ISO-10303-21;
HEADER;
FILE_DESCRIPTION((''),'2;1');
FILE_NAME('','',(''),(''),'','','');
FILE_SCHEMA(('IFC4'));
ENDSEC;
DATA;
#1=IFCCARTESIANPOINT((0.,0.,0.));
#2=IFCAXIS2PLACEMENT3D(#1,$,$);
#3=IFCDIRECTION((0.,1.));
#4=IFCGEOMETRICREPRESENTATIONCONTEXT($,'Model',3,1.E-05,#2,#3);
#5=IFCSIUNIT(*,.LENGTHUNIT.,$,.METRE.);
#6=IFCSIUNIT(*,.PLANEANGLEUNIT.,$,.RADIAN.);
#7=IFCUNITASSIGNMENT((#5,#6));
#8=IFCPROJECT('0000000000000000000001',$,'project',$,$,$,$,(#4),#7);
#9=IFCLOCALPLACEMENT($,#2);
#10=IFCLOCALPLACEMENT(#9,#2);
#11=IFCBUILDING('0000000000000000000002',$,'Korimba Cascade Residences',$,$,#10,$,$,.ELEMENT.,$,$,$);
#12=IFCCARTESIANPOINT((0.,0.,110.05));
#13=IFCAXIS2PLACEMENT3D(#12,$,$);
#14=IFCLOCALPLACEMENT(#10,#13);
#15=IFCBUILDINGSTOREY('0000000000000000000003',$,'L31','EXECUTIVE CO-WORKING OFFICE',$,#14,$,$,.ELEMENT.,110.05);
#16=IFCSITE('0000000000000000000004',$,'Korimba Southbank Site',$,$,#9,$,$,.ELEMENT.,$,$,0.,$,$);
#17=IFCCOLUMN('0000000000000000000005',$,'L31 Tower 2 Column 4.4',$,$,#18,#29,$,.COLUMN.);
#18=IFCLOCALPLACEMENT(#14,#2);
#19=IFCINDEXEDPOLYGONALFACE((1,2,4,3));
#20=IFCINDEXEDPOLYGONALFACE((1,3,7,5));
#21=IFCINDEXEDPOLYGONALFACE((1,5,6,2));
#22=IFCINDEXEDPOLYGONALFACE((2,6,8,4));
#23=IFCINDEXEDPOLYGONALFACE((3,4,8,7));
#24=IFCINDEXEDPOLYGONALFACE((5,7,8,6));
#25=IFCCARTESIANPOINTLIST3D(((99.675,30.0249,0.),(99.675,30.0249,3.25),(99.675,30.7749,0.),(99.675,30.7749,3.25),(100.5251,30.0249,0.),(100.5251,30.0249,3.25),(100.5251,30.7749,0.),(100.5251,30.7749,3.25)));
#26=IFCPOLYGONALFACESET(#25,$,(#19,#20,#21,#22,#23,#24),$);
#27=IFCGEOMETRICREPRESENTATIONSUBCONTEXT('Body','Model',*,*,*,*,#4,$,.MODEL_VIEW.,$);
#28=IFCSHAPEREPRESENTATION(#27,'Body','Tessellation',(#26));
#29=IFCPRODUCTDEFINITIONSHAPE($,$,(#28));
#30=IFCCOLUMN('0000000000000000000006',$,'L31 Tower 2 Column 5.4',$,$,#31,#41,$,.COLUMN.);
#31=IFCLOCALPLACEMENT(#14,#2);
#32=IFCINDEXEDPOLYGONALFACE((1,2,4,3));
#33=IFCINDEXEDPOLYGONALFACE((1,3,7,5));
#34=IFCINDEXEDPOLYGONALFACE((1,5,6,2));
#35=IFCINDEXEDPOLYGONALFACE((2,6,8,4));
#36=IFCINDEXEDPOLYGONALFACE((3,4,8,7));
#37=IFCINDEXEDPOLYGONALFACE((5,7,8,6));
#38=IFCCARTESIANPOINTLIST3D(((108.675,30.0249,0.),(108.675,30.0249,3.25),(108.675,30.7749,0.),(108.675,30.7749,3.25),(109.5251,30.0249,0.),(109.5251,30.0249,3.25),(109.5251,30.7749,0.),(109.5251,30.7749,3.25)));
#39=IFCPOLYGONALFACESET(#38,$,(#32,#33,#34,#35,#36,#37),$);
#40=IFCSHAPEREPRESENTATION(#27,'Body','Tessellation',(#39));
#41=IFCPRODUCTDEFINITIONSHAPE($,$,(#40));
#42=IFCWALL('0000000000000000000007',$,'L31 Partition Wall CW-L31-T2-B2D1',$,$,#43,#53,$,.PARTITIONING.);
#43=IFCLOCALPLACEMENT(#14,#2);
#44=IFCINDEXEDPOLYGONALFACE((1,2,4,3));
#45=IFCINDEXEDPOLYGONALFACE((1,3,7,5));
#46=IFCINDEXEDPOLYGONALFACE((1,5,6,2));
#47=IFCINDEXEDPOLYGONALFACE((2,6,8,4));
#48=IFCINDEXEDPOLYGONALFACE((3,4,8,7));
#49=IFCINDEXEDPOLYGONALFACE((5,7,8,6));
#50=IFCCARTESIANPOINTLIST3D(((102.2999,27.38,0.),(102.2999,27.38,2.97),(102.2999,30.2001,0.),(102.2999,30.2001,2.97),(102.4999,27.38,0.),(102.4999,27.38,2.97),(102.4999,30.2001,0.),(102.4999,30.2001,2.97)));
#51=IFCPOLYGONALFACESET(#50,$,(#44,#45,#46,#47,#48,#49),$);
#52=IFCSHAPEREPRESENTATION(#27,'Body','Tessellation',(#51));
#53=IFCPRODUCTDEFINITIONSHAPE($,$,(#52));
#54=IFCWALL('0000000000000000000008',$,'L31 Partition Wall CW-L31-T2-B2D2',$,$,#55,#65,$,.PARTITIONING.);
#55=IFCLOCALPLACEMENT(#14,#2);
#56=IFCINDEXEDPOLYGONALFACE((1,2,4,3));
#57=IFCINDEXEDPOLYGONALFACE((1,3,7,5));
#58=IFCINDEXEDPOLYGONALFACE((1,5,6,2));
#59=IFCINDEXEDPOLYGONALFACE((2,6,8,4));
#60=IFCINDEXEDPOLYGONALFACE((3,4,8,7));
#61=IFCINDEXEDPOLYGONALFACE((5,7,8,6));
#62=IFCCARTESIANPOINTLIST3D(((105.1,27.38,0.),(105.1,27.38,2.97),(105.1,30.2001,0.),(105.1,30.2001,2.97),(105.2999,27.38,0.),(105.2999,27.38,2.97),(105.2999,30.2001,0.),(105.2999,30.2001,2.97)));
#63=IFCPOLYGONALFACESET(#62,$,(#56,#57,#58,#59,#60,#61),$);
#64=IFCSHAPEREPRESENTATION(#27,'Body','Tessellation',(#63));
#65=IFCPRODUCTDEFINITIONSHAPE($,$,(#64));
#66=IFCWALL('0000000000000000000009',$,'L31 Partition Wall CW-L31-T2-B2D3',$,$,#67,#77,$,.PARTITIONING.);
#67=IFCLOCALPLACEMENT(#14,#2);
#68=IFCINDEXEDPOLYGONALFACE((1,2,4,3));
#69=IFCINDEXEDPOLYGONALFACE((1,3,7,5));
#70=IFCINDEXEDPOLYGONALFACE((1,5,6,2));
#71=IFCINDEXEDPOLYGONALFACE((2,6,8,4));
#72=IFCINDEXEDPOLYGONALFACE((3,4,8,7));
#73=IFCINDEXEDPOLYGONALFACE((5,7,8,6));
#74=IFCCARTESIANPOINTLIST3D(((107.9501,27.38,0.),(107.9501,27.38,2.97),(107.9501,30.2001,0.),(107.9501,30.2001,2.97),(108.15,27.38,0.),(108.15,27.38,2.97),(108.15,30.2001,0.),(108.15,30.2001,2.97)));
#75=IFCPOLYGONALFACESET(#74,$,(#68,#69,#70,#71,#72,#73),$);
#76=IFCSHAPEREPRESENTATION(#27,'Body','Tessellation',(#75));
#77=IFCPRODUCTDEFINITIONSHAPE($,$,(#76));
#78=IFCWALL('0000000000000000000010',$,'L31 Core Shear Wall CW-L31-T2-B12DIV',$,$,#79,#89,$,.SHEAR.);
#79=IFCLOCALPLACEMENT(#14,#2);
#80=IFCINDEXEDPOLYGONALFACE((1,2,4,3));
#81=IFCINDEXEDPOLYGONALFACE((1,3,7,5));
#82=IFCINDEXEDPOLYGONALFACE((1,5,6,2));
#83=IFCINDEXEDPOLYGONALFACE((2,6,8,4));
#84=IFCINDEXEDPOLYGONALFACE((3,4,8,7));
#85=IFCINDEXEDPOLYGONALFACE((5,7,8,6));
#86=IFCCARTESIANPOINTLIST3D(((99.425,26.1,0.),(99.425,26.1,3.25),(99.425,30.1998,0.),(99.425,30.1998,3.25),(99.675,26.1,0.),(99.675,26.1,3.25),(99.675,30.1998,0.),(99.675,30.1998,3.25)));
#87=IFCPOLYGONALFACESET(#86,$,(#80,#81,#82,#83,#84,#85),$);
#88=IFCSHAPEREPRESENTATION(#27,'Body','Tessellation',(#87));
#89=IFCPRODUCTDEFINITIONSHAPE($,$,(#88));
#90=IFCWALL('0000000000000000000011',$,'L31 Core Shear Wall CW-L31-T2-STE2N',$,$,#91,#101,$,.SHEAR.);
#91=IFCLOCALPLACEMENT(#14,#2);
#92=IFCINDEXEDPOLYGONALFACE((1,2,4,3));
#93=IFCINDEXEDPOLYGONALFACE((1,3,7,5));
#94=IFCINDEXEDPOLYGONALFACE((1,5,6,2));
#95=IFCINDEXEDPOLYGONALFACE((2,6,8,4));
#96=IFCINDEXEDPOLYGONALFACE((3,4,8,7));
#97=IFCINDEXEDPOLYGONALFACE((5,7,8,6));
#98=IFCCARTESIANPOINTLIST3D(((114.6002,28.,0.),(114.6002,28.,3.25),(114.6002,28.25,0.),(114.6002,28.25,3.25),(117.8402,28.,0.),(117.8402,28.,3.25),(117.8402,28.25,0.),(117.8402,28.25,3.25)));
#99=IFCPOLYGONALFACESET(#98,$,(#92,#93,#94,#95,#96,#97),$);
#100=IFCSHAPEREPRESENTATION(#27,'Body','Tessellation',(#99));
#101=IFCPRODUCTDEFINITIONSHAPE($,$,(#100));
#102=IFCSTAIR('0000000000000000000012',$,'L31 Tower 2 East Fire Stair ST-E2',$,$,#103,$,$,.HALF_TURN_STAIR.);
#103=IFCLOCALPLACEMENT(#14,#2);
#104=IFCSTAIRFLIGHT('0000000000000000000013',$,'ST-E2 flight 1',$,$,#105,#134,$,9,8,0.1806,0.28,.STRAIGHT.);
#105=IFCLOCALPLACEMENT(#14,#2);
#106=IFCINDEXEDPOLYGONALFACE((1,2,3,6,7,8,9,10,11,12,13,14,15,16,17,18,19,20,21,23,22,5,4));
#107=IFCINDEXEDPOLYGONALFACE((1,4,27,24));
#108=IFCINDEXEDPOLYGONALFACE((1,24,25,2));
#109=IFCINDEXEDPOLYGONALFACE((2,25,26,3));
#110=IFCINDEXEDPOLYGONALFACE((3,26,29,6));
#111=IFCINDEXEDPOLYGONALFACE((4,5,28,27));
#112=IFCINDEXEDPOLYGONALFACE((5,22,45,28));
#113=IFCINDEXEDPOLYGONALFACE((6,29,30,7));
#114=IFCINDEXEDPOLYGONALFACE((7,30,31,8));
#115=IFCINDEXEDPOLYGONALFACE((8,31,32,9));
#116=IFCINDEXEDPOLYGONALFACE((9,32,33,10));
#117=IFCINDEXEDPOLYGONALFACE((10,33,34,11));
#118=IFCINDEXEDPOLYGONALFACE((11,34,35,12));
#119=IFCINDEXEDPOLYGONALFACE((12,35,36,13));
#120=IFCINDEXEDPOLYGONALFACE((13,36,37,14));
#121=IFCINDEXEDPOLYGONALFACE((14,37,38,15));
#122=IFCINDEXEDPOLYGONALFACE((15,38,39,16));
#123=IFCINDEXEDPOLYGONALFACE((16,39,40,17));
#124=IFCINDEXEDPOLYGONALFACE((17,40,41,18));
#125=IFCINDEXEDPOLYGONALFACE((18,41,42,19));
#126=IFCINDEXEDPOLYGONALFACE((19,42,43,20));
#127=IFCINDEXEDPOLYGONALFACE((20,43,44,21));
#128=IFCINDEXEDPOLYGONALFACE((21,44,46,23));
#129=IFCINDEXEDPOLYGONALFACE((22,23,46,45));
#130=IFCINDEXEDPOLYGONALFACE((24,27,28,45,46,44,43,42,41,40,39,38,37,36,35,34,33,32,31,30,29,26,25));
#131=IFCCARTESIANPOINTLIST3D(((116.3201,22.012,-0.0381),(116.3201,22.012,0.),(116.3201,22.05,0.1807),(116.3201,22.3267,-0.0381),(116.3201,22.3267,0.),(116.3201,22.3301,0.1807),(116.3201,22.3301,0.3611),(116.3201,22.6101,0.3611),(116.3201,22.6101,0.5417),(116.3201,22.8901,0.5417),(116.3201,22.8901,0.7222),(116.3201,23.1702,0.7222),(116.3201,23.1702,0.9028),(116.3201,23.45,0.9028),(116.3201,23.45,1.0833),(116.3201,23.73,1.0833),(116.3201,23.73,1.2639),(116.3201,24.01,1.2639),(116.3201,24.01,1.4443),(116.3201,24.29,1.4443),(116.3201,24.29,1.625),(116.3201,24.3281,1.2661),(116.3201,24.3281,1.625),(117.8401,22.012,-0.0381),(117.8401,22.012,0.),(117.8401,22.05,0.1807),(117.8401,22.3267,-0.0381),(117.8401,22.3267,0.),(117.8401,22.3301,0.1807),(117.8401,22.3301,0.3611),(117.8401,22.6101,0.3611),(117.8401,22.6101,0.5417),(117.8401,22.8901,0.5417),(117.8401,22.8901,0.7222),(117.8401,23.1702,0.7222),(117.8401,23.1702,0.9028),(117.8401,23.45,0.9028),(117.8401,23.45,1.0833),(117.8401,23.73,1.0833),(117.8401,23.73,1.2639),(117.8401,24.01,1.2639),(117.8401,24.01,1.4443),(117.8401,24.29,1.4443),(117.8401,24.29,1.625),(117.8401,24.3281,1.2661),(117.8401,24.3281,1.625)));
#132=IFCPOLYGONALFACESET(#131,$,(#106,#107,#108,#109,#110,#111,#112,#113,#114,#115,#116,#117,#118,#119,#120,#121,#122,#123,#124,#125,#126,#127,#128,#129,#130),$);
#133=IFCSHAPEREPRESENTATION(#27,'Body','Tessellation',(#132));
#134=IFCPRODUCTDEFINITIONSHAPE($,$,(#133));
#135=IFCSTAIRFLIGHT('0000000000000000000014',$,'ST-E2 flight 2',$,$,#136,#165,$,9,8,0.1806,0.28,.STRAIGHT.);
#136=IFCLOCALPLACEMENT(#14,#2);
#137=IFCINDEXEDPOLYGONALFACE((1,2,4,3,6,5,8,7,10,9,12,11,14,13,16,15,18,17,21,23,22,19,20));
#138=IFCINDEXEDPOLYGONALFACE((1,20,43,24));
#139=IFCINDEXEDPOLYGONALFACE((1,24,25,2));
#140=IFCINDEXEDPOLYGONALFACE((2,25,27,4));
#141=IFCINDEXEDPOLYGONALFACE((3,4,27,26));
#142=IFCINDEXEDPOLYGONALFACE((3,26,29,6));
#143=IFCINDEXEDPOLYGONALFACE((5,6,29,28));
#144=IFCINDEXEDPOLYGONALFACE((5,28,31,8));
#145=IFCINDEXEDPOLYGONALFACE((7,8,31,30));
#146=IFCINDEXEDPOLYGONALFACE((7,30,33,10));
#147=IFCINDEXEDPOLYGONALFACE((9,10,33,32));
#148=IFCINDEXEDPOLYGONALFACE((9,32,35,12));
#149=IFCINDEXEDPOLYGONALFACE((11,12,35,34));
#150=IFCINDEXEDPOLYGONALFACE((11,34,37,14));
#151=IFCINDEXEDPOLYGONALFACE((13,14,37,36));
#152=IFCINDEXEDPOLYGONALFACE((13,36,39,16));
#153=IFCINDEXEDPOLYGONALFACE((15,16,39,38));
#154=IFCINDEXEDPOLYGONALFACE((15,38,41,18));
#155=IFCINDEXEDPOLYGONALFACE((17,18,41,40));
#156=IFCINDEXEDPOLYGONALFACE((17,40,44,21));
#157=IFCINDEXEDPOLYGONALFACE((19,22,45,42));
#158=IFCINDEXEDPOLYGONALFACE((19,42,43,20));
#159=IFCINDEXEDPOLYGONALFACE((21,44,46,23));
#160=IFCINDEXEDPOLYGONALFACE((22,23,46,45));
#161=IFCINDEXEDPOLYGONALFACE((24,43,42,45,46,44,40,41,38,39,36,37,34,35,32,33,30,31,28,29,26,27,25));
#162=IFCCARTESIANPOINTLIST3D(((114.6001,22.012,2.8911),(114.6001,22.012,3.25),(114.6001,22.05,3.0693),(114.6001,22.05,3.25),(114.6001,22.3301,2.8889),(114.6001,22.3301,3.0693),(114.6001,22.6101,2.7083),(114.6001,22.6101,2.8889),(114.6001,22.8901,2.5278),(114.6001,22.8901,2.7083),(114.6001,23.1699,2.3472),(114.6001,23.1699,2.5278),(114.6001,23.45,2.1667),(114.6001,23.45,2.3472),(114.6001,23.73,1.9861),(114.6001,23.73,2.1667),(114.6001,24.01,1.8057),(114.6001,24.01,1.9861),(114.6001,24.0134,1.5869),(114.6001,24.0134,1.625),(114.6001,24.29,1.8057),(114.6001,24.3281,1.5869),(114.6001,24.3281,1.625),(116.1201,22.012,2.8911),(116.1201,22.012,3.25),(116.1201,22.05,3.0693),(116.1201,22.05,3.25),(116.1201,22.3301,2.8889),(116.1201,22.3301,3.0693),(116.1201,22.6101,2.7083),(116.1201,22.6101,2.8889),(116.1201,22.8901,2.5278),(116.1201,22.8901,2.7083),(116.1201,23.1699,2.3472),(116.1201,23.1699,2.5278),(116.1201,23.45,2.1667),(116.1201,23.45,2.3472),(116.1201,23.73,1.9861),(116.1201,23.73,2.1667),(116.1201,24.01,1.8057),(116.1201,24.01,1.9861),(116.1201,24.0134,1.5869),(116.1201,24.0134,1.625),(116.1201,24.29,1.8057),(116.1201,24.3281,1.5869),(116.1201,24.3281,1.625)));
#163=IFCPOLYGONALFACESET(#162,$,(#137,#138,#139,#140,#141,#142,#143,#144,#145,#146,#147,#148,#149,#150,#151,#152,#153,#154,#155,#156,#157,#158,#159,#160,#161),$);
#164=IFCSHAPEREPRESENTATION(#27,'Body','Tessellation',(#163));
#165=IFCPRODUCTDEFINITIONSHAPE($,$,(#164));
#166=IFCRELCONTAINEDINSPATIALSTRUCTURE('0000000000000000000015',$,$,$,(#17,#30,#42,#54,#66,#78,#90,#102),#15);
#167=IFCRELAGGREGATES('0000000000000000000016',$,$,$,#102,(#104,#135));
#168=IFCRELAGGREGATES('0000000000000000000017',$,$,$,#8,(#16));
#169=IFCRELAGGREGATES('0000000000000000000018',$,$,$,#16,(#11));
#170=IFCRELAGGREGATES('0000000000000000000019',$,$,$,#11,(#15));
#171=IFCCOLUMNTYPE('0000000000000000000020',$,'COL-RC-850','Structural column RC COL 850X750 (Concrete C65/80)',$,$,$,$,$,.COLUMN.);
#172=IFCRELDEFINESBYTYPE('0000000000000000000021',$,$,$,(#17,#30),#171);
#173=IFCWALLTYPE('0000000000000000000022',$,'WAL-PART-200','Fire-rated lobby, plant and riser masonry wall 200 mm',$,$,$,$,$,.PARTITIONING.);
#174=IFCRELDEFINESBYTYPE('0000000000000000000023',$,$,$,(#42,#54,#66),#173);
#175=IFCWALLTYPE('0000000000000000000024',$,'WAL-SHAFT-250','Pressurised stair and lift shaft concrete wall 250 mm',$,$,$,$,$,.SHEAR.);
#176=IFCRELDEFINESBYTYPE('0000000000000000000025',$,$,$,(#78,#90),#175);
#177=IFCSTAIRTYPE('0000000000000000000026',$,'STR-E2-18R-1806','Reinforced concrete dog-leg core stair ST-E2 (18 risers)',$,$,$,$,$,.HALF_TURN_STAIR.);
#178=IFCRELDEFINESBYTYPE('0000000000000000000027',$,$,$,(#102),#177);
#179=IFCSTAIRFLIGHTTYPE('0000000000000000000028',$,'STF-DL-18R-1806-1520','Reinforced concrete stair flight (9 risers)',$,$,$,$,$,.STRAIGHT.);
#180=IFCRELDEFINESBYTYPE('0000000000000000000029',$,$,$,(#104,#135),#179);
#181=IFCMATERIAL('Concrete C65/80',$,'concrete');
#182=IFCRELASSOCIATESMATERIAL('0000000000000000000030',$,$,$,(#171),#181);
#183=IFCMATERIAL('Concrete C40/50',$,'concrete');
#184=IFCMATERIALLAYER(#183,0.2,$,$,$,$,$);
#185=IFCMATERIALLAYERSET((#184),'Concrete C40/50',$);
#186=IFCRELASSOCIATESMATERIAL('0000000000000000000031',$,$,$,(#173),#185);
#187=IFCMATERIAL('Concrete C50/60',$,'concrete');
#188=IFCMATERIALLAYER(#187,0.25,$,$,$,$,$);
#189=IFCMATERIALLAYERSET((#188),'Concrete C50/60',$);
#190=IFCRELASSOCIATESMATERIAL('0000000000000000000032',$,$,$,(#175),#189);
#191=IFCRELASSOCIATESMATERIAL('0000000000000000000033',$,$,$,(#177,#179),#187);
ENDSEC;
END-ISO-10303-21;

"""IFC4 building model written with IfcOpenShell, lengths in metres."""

from ifc_helpers import new_model, si_unit, direction, frame, frame_2d, origin, origin_2d, place, context, subcontext, project, spatial, polyline, rectangle, outline, extrude, material, layer, layer_set, material_profile, profile_set, type_object, element, aggregate, save


model = new_model("IFC4")

# Units and contexts
model_context = context("Model", 3, precision=1e-05, world=origin(), true_north=direction((0.0, 1.0)))
body_context = subcontext(model_context, "Body", "Model", "MODEL_VIEW")
ifc_project = project(units=[si_unit("LENGTHUNIT", "METRE"), si_unit("PLANEANGLEUNIT", "RADIAN")], contexts=[model_context])

# Site, building, storey
site_placement = place(None, origin())
site = spatial("IfcSite", under=ifc_project, at=site_placement, Name="Korimba Southbank Site", CompositionType="ELEMENT", RefElevation=0.0)
building_placement = place(site_placement, origin())
building = spatial("IfcBuilding", under=site, at=building_placement, Name="Korimba Cascade Residences", CompositionType="ELEMENT")
storey_placement = place(building_placement, frame((0.0, 0.0, 110.05)))
storey = spatial("IfcBuildingStorey", under=building, at=storey_placement, Name="L31", Description="EXECUTIVE CO-WORKING OFFICE", CompositionType="ELEMENT", Elevation=110.05)

# Columns
ifc_material_1 = material(Name="Concrete C65/80", Category="concrete")
ifc_material_profile = material_profile(ifc_material_1, rectangle(XDim=0.8501, YDim=0.75, at=origin_2d()), Name="Concrete C65/80")
ifc_profile_set = profile_set([ifc_material_profile], Name="Concrete C65/80")
column_type = type_object("IfcColumnType", Name="COL-RC-850", Description="Structural column RC COL 850X750 (Concrete C65/80)", PredefinedType="COLUMN", material=ifc_profile_set)
for number, where, z_axis, x_axis, name in (
    (1, (100.1001, 30.3999, 0.0), (0.0, 0.0, 1.0), (1.0, 0.0, 0.0), "L31 Tower 2 Column 4.4"),
    (2, (109.1001, 30.3999, 0.0), (0.0, 0.0, 1.0), (1.0, 0.0, 0.0), "L31 Tower 2 Column 5.4"),
):
    element("IfcColumn", number, at=place(storey_placement, frame(where, z_axis=z_axis, x_axis=x_axis)), inside=storey, type_object=column_type, Name=name, PredefinedType="COLUMN", context=body_context, shape_type="SweptSolid", body=[
        extrude(rectangle(XDim=0.8501, YDim=0.75, at=origin_2d()), origin(), (0.0, 0.0, 1.0), 3.25),
    ])

# Walls
ifc_material_2 = material(Name="Concrete C40/50", Category="concrete")
ifc_layer_1 = layer(ifc_material_2, 0.2)
ifc_layer_set_1 = layer_set([ifc_layer_1], Name="Concrete C40/50")
wall_type_1 = type_object("IfcWallType", Name="WAL-PART-200", Description="Fire-rated lobby, plant and riser masonry wall 200 mm", PredefinedType="PARTITIONING", material=ifc_layer_set_1)
for number, where, z_axis, x_axis, name in (
    (3, (102.3999, 27.3799, 0.0), (0.0, 0.0, 1.0), (0.0, 1.0, 0.0), "L31 Partition Wall CW-L31-T2-B2D1"),
    (4, (105.2, 27.3799, 0.0), (0.0, 0.0, 1.0), (0.0, 1.0, 0.0), "L31 Partition Wall CW-L31-T2-B2D2"),
    (5, (108.05, 27.3799, 0.0), (0.0, 0.0, 1.0), (0.0, 1.0, 0.0), "L31 Partition Wall CW-L31-T2-B2D3"),
):
    element("IfcWall", number, at=place(storey_placement, frame(where, z_axis=z_axis, x_axis=x_axis)), inside=storey, type_object=wall_type_1, Name=name, PredefinedType="PARTITIONING", context=body_context, shape_type="SweptSolid", body=[
        extrude(rectangle(XDim=2.8201, YDim=0.2, at=frame_2d((1.4102, 0.0))), origin(), (0.0, 0.0, 1.0), 2.97),
    ])
ifc_material_3 = material(Name="Concrete C50/60", Category="concrete")
ifc_layer_2 = layer(ifc_material_3, 0.25)
ifc_layer_set_2 = layer_set([ifc_layer_2], Name="Concrete C50/60")
wall_type_2 = type_object("IfcWallType", Name="WAL-SHAFT-250", Description="Pressurised stair and lift shaft concrete wall 250 mm", PredefinedType="SHEAR", material=ifc_layer_set_2)
wall_1_placement = place(storey_placement, frame((99.55, 26.1001, 0.0), z_axis=(0.0, 0.0, 1.0), x_axis=(0.0, 1.0, 0.0)))
element("IfcWall", 6, at=wall_1_placement, inside=storey, type_object=wall_type_2, Name="L31 Core Shear Wall CW-L31-T2-B12DIV", PredefinedType="SHEAR", context=body_context, shape_type="SweptSolid", body=[
    extrude(rectangle(XDim=4.0999, YDim=0.25, at=frame_2d((2.0498, 0.0))), origin(), (0.0, 0.0, 1.0), 3.25),
])

# Wall
wall_2_placement = place(storey_placement, frame((114.6001, 28.125, 0.0), z_axis=(0.0, 0.0, 1.0), x_axis=(1.0, 0.0, 0.0)))
element("IfcWall", 7, at=wall_2_placement, inside=storey, type_object=wall_type_2, Name="L31 Core Shear Wall CW-L31-T2-STE2N", PredefinedType="SHEAR", context=body_context, shape_type="SweptSolid", body=[
    extrude(rectangle(XDim=3.24, YDim=0.25, at=frame_2d((1.6201, 0.0))), origin(), (0.0, 0.0, 1.0), 3.25),
])

# Stair, stair flights
stair_type = type_object("IfcStairType", Name="STR-E2-18R-1806", Description="Reinforced concrete dog-leg core stair ST-E2 (18 risers)", PredefinedType="HALF_TURN_STAIR", material=ifc_material_3)
stair_placement = place(storey_placement, origin())
stair = element("IfcStair", 8, at=stair_placement, inside=storey, type_object=stair_type, Name="L31 Tower 2 East Fire Stair ST-E2", PredefinedType="HALF_TURN_STAIR")
stair_flight_type = type_object("IfcStairFlightType", Name="STF-DL-18R-1806-1520", Description="Reinforced concrete stair flight (9 risers)", PredefinedType="STRAIGHT", material=ifc_material_3)
stair_flight_1_placement = place(storey_placement, frame((117.0801, 22.05, 0.0), z_axis=(0.0, 0.0, 1.0), x_axis=(0.0, 1.0, 0.0)))
stair_flight_1 = element("IfcStairFlight", 9, at=stair_flight_1_placement, type_object=stair_flight_type, Name="ST-E2 flight 1", NumberOfRisers=9, NumberOfTreads=8, PredefinedType="STRAIGHT", RiserHeight=0.1806, TreadLength=0.28, context=body_context, shape_type="SweptSolid", body=[
    extrude(outline(polyline([(-0.0381, 0.0), (0.0, 0.1807), (0.28, 0.1807), (0.28, 0.3611), (0.5601, 0.3611), (0.5601, 0.5417), (0.8401, 0.5417), (0.8401, 0.7222), (1.1201, 0.7222), (1.1201, 0.9028), (1.3999, 0.9028), (1.3999, 1.0833), (1.6799, 1.0833), (1.6799, 1.2639), (1.96, 1.2639), (1.96, 1.4443), (2.24, 1.4443), (2.24, 1.625), (2.2781, 1.625), (2.2781, 1.2661), (0.2766, 0.0), (0.2766, -0.0381), (-0.0381, -0.0381), (-0.0381, 0.0)])), frame((0.0, 0.76, 0.0), z_axis=(0.0, -1.0, 0.0), x_axis=(1.0, 0.0, 0.0)), (0.0, 0.0, 1.0), 1.52),
])
stair_flight_2_placement = place(storey_placement, frame((115.3601, 24.29, 1.625), z_axis=(0.0, 0.0, 1.0), x_axis=(0.0, -1.0, 0.0)))
stair_flight_2 = element("IfcStairFlight", 10, at=stair_flight_2_placement, type_object=stair_flight_type, Name="ST-E2 flight 2", NumberOfRisers=9, NumberOfTreads=8, PredefinedType="STRAIGHT", RiserHeight=0.1806, TreadLength=0.28, context=body_context, shape_type="SweptSolid", body=[
    extrude(outline(polyline([(-0.0381, 0.0), (0.0, 0.1807), (0.28, 0.1807), (0.28, 0.3611), (0.5601, 0.3611), (0.5601, 0.5417), (0.8401, 0.5417), (0.8401, 0.7222), (1.1201, 0.7222), (1.1201, 0.9028), (1.3999, 0.9028), (1.3999, 1.0833), (1.6799, 1.0833), (1.6799, 1.2639), (1.96, 1.2639), (1.96, 1.4443), (2.24, 1.4443), (2.24, 1.625), (2.2781, 1.625), (2.2781, 1.2661), (0.2766, 0.0), (0.2766, -0.0381), (-0.0381, -0.0381), (-0.0381, 0.0)])), frame((0.0, 0.76, 0.0), z_axis=(0.0, -1.0, 0.0), x_axis=(1.0, 0.0, 0.0)), (0.0, 0.0, 1.0), 1.52),
])
aggregate(stair, [stair_flight_1, stair_flight_2])

save(model, "model.ifc")
